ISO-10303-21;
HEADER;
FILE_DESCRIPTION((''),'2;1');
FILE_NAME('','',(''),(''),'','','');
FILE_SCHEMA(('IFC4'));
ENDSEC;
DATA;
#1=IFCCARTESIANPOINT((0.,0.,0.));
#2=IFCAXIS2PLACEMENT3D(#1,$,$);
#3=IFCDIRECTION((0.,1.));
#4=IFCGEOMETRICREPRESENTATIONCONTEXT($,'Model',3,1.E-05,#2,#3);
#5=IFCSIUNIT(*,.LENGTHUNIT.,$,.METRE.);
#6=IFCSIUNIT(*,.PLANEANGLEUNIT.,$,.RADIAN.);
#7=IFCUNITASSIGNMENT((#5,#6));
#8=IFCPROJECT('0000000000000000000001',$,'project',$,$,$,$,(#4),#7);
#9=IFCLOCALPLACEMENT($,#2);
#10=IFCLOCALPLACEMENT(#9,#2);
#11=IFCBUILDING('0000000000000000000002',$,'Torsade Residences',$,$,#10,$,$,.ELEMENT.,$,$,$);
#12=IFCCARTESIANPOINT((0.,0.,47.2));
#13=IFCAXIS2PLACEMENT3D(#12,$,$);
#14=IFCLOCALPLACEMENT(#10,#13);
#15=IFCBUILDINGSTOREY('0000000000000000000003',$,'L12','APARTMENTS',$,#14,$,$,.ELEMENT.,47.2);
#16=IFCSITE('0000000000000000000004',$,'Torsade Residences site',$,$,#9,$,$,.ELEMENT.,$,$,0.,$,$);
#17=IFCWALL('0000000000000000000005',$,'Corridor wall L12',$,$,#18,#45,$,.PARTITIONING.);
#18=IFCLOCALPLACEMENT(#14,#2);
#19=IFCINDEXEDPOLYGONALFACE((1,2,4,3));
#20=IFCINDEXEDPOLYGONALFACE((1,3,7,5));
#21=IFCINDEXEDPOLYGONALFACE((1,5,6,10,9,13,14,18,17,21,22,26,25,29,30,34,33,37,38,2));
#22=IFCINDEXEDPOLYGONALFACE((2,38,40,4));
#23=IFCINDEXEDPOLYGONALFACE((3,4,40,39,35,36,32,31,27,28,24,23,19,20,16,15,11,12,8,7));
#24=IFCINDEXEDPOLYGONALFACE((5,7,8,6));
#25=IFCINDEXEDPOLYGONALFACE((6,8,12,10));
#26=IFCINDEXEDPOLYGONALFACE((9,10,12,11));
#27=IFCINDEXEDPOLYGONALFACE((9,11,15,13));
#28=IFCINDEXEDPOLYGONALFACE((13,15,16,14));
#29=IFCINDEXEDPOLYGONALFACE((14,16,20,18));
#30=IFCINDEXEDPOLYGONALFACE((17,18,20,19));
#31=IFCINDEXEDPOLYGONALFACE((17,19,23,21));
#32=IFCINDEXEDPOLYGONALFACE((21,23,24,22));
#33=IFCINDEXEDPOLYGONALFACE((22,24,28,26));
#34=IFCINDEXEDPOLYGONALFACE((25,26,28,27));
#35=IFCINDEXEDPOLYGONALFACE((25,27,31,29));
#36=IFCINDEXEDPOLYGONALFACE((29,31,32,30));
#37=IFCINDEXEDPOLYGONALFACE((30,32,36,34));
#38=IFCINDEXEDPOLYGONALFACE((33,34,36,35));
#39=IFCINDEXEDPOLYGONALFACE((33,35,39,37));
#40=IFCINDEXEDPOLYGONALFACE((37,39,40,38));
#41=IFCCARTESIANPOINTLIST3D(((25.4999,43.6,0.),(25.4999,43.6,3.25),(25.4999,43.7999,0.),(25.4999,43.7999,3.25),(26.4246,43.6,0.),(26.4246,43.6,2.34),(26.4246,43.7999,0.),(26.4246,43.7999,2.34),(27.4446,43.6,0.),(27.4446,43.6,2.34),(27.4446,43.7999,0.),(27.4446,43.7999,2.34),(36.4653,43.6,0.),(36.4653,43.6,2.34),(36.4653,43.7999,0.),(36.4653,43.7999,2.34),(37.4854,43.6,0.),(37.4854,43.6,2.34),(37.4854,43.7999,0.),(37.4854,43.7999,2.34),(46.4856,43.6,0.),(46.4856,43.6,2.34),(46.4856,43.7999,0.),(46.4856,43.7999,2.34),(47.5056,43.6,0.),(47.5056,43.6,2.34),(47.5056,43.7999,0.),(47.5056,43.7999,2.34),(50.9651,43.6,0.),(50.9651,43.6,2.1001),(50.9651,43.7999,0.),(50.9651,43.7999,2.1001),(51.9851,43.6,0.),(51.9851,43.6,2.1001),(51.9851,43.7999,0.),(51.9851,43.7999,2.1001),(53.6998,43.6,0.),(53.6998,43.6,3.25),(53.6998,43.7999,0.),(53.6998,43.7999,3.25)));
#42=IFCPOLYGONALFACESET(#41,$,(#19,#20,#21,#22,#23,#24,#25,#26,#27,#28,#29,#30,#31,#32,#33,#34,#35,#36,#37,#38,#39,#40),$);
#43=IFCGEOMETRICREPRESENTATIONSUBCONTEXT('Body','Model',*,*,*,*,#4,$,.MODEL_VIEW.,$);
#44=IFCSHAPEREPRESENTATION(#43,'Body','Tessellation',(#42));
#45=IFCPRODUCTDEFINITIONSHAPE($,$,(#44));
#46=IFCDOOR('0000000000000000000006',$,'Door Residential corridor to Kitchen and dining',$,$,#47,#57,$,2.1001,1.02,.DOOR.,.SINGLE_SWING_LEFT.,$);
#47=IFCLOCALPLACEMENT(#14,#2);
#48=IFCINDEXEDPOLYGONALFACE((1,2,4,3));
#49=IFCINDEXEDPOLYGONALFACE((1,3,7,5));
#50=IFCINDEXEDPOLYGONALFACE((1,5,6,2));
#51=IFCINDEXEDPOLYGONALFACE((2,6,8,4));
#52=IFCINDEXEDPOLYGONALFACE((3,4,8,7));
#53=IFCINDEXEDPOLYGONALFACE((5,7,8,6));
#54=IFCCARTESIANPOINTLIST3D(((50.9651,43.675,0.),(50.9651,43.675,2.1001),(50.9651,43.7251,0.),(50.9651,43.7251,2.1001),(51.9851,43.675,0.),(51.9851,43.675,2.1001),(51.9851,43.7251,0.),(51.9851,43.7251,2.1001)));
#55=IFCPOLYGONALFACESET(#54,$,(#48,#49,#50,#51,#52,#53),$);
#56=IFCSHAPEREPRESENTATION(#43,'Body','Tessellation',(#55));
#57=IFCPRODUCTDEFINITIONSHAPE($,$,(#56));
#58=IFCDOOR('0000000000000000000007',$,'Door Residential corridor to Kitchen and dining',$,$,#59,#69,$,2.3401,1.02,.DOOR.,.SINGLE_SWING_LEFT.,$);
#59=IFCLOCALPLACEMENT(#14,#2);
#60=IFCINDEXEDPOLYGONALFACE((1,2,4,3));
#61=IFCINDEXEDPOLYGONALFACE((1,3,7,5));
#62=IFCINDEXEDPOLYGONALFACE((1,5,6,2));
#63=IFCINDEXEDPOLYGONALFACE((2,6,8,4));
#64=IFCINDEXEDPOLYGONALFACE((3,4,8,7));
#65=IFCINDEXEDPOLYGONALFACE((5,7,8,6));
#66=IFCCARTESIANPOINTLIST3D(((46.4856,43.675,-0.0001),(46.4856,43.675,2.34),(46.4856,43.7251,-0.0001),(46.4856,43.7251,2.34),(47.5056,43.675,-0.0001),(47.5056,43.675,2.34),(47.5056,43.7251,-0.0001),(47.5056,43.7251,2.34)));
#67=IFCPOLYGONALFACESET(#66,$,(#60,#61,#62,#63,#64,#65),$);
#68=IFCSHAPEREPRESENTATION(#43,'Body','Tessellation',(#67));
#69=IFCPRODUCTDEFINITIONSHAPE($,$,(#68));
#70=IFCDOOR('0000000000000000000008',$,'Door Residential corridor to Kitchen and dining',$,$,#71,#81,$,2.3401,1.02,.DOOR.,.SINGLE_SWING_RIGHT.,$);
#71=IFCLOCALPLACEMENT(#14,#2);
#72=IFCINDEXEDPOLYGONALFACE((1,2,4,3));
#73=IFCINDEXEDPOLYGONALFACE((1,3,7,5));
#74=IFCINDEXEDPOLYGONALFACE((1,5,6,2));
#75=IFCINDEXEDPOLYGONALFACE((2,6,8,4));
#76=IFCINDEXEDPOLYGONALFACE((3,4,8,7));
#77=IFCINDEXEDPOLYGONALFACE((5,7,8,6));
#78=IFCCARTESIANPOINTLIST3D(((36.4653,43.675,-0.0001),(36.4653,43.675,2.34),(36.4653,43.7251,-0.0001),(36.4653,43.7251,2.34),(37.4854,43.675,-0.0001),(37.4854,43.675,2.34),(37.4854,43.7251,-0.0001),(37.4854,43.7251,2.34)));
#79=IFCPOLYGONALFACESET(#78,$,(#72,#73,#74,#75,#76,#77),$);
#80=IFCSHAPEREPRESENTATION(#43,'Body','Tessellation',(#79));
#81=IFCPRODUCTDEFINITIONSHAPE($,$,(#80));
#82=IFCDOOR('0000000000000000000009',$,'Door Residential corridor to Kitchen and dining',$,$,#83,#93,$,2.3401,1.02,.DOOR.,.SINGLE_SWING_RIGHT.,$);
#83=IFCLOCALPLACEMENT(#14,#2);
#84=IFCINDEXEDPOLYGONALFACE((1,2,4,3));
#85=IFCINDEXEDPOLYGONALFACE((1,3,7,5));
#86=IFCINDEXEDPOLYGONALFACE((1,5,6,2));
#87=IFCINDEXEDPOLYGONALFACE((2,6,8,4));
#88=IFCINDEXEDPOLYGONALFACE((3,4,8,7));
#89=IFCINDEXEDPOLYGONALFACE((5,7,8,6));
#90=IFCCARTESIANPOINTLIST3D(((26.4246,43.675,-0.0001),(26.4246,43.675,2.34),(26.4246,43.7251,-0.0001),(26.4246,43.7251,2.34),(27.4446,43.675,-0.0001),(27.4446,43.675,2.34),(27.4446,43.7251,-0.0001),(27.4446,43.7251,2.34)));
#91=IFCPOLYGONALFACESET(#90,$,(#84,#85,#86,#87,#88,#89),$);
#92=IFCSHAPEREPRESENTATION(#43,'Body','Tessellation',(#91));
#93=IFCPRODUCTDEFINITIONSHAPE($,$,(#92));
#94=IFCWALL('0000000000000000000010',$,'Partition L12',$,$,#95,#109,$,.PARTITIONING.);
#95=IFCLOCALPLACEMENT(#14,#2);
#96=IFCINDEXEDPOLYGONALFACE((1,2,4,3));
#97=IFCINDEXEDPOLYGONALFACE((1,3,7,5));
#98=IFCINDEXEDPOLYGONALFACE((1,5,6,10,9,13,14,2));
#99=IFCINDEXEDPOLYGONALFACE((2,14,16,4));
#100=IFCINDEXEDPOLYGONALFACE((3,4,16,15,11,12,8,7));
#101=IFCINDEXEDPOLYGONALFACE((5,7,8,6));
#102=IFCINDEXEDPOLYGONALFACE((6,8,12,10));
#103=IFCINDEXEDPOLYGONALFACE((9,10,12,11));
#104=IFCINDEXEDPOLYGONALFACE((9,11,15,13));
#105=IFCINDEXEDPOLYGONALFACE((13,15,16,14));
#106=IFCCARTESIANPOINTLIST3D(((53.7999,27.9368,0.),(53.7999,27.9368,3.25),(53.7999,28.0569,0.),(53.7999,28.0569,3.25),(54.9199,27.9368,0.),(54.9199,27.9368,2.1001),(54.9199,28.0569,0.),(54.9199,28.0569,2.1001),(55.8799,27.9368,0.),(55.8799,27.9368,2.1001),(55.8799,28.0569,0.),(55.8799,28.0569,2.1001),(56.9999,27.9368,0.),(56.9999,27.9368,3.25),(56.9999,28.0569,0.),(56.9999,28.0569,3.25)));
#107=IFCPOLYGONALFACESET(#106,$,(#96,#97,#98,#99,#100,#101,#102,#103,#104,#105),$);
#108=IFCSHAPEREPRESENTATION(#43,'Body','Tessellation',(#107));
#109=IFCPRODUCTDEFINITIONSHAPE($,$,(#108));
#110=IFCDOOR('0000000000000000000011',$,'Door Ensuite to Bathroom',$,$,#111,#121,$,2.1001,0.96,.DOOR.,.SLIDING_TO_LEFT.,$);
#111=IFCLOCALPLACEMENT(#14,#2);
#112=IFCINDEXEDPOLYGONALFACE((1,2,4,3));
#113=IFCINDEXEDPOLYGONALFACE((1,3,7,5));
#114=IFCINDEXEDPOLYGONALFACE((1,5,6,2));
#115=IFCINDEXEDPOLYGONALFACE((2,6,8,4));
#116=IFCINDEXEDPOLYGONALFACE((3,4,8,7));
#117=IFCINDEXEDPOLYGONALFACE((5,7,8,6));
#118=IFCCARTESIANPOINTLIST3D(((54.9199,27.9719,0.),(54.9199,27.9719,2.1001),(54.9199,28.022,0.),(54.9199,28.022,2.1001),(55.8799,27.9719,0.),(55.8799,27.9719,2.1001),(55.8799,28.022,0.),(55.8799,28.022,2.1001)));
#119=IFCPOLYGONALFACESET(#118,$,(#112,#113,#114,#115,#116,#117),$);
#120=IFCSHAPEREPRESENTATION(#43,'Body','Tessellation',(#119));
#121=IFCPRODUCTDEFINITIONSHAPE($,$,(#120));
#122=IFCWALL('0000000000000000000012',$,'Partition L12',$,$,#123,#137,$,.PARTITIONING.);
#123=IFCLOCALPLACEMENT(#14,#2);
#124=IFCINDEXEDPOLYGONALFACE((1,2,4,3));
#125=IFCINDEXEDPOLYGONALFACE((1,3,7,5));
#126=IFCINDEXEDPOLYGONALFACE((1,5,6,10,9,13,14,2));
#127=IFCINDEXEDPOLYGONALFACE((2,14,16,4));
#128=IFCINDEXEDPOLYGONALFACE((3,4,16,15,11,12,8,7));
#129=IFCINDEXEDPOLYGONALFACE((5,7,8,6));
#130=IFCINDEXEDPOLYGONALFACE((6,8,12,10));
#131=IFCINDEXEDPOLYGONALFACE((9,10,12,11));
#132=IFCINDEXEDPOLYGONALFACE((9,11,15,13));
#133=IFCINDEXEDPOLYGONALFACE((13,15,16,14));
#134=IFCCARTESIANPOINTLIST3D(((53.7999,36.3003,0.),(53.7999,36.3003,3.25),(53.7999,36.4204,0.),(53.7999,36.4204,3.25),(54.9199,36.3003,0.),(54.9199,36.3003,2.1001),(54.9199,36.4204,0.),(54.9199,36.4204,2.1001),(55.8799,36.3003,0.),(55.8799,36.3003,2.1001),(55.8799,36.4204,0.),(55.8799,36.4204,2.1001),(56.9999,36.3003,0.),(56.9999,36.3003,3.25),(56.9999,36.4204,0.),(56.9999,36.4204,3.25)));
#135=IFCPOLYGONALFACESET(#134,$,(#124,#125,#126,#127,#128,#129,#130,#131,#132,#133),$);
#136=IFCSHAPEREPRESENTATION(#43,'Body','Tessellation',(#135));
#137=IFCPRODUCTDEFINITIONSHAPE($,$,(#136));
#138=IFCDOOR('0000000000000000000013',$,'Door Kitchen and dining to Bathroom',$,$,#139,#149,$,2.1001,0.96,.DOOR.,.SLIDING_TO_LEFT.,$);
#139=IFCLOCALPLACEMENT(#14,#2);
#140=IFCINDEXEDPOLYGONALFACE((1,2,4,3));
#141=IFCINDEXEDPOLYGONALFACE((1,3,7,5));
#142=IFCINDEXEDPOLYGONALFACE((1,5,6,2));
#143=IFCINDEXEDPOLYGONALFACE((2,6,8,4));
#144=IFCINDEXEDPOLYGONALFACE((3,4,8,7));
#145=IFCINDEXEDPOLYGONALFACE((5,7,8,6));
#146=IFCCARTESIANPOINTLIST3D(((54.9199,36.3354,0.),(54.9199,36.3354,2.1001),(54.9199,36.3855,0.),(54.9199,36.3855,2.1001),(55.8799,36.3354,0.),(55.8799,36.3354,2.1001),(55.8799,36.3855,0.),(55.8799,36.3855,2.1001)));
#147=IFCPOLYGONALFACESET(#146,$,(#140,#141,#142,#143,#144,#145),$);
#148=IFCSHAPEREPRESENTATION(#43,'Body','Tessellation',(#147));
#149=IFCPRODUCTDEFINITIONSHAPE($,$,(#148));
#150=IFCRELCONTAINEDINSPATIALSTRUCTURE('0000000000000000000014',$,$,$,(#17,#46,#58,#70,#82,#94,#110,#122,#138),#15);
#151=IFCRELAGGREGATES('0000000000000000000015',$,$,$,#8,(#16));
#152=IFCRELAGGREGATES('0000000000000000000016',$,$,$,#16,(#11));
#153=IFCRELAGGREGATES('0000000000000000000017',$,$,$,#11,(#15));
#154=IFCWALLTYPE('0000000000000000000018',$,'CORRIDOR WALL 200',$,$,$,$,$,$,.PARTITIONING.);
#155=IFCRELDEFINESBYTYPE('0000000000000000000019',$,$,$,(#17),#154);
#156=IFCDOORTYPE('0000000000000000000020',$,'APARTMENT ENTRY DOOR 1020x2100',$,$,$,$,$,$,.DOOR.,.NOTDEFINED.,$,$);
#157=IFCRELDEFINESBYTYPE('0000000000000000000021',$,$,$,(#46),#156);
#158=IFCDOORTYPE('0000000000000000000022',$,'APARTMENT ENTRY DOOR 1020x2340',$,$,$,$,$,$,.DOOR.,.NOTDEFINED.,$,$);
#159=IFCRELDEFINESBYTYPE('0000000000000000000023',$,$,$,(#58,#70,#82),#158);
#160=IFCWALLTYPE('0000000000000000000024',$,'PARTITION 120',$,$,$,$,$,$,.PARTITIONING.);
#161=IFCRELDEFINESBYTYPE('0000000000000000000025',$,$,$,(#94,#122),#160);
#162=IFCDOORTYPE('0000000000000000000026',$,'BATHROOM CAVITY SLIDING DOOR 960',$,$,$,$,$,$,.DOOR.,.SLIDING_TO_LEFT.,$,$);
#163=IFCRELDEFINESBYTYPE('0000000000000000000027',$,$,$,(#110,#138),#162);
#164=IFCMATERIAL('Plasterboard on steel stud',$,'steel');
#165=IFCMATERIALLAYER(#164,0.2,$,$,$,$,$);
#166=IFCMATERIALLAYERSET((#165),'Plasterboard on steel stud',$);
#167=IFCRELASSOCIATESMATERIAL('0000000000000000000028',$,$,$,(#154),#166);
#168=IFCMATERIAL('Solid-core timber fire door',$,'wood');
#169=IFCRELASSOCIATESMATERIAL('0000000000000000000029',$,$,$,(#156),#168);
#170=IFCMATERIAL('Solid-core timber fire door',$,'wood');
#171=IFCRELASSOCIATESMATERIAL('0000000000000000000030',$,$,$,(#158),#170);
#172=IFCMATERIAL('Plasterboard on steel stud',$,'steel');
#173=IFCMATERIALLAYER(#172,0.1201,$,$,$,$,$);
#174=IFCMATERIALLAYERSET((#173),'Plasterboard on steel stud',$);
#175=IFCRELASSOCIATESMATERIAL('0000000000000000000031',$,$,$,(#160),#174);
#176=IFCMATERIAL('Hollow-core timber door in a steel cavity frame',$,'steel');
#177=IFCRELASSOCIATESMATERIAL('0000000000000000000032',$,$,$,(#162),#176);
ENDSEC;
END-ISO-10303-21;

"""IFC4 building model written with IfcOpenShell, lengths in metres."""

from ifc_helpers import new_model, si_unit, direction, frame, frame_2d, origin, place, context, subcontext, project, spatial, rectangle, extrude, material, layer, layer_set, type_object, element, fill, save


model = new_model("IFC4")

# Units and contexts
model_context = context("Model", 3, precision=1e-05, world=origin(), true_north=direction((0.0, 1.0)))
body_context = subcontext(model_context, "Body", "Model", "MODEL_VIEW")
ifc_project = project(units=[si_unit("LENGTHUNIT", "METRE"), si_unit("PLANEANGLEUNIT", "RADIAN")], contexts=[model_context])

# Site, building, storey
site_placement = place(None, origin())
site = spatial("IfcSite", under=ifc_project, at=site_placement, Name="Torsade Residences site", CompositionType="ELEMENT", RefElevation=0.0)
building_placement = place(site_placement, origin())
building = spatial("IfcBuilding", under=site, at=building_placement, Name="Torsade Residences", CompositionType="ELEMENT")
storey_placement = place(building_placement, frame((0.0, 0.0, 47.2)))
storey = spatial("IfcBuildingStorey", under=building, at=storey_placement, Name="L12", Description="APARTMENTS", CompositionType="ELEMENT", Elevation=47.2)

# Wall, openings, doors
ifc_material_1 = material(Name="Plasterboard on steel stud", Category="steel")
ifc_layer_1 = layer(ifc_material_1, 0.2)
ifc_layer_set_1 = layer_set([ifc_layer_1], Name="Plasterboard on steel stud")
wall_type_1 = type_object("IfcWallType", Name="CORRIDOR WALL 200", PredefinedType="PARTITIONING", material=ifc_layer_set_1)
wall_1_placement = place(storey_placement, frame((53.7, 43.7, 0.0), z_axis=(0.0, 0.0, 1.0), x_axis=(-1.0, 0.0, 0.0)))
wall_1 = element("IfcWall", 1, at=wall_1_placement, inside=storey, type_object=wall_type_1, Name="Corridor wall L12", PredefinedType="PARTITIONING", context=body_context, shape_type="SweptSolid", body=[
    extrude(rectangle(XDim=28.2, YDim=0.2, at=frame_2d((14.1001, 0.0))), origin(), (0.0, 0.0, 1.0), 3.25),
])
opening_1_placement = place(wall_1_placement, frame((6.1943, 0.0, 0.0)))
opening_1 = element("IfcOpeningElement", 2, at=opening_1_placement, cuts=wall_1, PredefinedType="OPENING", context=body_context, shape_type="SweptSolid", body=[
    extrude(rectangle(XDim=1.02, YDim=2.3401, at=frame_2d((0.51, 1.1699))), frame((0.0, 0.1099, 0.0), z_axis=(0.0, -1.0, 0.0), x_axis=(1.0, 0.0, 0.0)), (0.0, 0.0, 1.0), 0.22),
])
opening_2_placement = place(wall_1_placement, frame((1.7148, 0.0, 0.0)))
opening_2 = element("IfcOpeningElement", 3, at=opening_2_placement, cuts=wall_1, PredefinedType="OPENING", context=body_context, shape_type="SweptSolid", body=[
    extrude(rectangle(XDim=1.02, YDim=2.1001, at=frame_2d((0.51, 1.05))), frame((0.0, 0.1099, 0.0), z_axis=(0.0, -1.0, 0.0), x_axis=(1.0, 0.0, 0.0)), (0.0, 0.0, 1.0), 0.22),
])
opening_3_placement = place(wall_1_placement, frame((16.2146, 0.0, 0.0)))
opening_3 = element("IfcOpeningElement", 4, at=opening_3_placement, cuts=wall_1, PredefinedType="OPENING", context=body_context, shape_type="SweptSolid", body=[
    extrude(rectangle(XDim=1.02, YDim=2.3401, at=frame_2d((0.51, 1.1699))), frame((0.0, 0.1099, 0.0), z_axis=(0.0, -1.0, 0.0), x_axis=(1.0, 0.0, 0.0)), (0.0, 0.0, 1.0), 0.22),
])
opening_4_placement = place(wall_1_placement, frame((26.2554, 0.0, 0.0)))
opening_4 = element("IfcOpeningElement", 5, at=opening_4_placement, cuts=wall_1, PredefinedType="OPENING", context=body_context, shape_type="SweptSolid", body=[
    extrude(rectangle(XDim=1.02, YDim=2.3401, at=frame_2d((0.51, 1.1699))), frame((0.0, 0.1099, 0.0), z_axis=(0.0, -1.0, 0.0), x_axis=(1.0, 0.0, 0.0)), (0.0, 0.0, 1.0), 0.22),
])
ifc_material_2 = material(Name="Solid-core timber fire door", Category="wood")
door_type_1 = type_object("IfcDoorType", Name="APARTMENT ENTRY DOOR 1020x2100", OperationType="NOTDEFINED", PredefinedType="DOOR", material=ifc_material_2)
door_1_placement = place(opening_2_placement, origin())
door_1 = element("IfcDoor", 6, at=door_1_placement, inside=storey, type_object=door_type_1, Name="Door Residential corridor to Kitchen and dining", OperationType="SINGLE_SWING_LEFT", OverallHeight=2.1001, OverallWidth=1.02, PredefinedType="DOOR", context=body_context, shape_type="SweptSolid", body=[
    extrude(rectangle(XDim=1.02, YDim=2.1001, at=frame_2d((0.51, 1.05))), frame((0.0, 0.0249, 0.0), z_axis=(0.0, -1.0, 0.0), x_axis=(1.0, 0.0, 0.0)), (0.0, 0.0, 1.0), 0.05),
])
fill(opening_2, door_1)
ifc_material_3 = material(Name="Solid-core timber fire door", Category="wood")
door_type_2 = type_object("IfcDoorType", Name="APARTMENT ENTRY DOOR 1020x2340", OperationType="NOTDEFINED", PredefinedType="DOOR", material=ifc_material_3)
door_2_placement = place(opening_1_placement, origin())
door_2 = element("IfcDoor", 7, at=door_2_placement, inside=storey, type_object=door_type_2, Name="Door Residential corridor to Kitchen and dining", OperationType="SINGLE_SWING_LEFT", OverallHeight=2.3401, OverallWidth=1.02, PredefinedType="DOOR", context=body_context, shape_type="SweptSolid", body=[
    extrude(rectangle(XDim=1.02, YDim=2.3401, at=frame_2d((0.51, 1.1699))), frame((0.0, 0.0249, 0.0), z_axis=(0.0, -1.0, 0.0), x_axis=(1.0, 0.0, 0.0)), (0.0, 0.0, 1.0), 0.05),
])
fill(opening_1, door_2)
door_3_placement = place(opening_3_placement, origin())
door_3 = element("IfcDoor", 8, at=door_3_placement, inside=storey, type_object=door_type_2, Name="Door Residential corridor to Kitchen and dining", OperationType="SINGLE_SWING_RIGHT", OverallHeight=2.3401, OverallWidth=1.02, PredefinedType="DOOR", context=body_context, shape_type="SweptSolid", body=[
    extrude(rectangle(XDim=1.02, YDim=2.3401, at=frame_2d((0.51, 1.1699))), frame((0.0, 0.0249, 0.0), z_axis=(0.0, -1.0, 0.0), x_axis=(1.0, 0.0, 0.0)), (0.0, 0.0, 1.0), 0.05),
])
fill(opening_3, door_3)
door_4_placement = place(opening_4_placement, origin())
door_4 = element("IfcDoor", 9, at=door_4_placement, inside=storey, type_object=door_type_2, Name="Door Residential corridor to Kitchen and dining", OperationType="SINGLE_SWING_RIGHT", OverallHeight=2.3401, OverallWidth=1.02, PredefinedType="DOOR", context=body_context, shape_type="SweptSolid", body=[
    extrude(rectangle(XDim=1.02, YDim=2.3401, at=frame_2d((0.51, 1.1699))), frame((0.0, 0.0249, 0.0), z_axis=(0.0, -1.0, 0.0), x_axis=(1.0, 0.0, 0.0)), (0.0, 0.0, 1.0), 0.05),
])
fill(opening_4, door_4)

# Walls, openings, doors
ifc_material_4 = material(Name="Plasterboard on steel stud", Category="steel")
ifc_layer_2 = layer(ifc_material_4, 0.1201)
ifc_layer_set_2 = layer_set([ifc_layer_2], Name="Plasterboard on steel stud")
wall_type_2 = type_object("IfcWallType", Name="PARTITION 120", PredefinedType="PARTITIONING", material=ifc_layer_set_2)
wall_2_placement = place(storey_placement, frame((57.0, 27.9968, 0.0), z_axis=(0.0, 0.0, 1.0), x_axis=(-1.0, 0.0, 0.0)))
wall_2 = element("IfcWall", 10, at=wall_2_placement, inside=storey, type_object=wall_type_2, Name="Partition L12", PredefinedType="PARTITIONING", context=body_context, shape_type="SweptSolid", body=[
    extrude(rectangle(XDim=3.2, YDim=0.1201, at=frame_2d((1.6001, 0.0))), origin(), (0.0, 0.0, 1.0), 3.25),
])
opening_5_placement = place(wall_2_placement, frame((1.1201, 0.0, 0.0)))
opening_5 = element("IfcOpeningElement", 11, at=opening_5_placement, cuts=wall_2, PredefinedType="OPENING", context=body_context, shape_type="SweptSolid", body=[
    extrude(rectangle(XDim=0.96, YDim=2.1001, at=frame_2d((0.48, 1.05))), frame((0.0, 0.0701, 0.0), z_axis=(0.0, -1.0, 0.0), x_axis=(1.0, 0.0, 0.0)), (0.0, 0.0, 1.0), 0.1401),
])
ifc_material_5 = material(Name="Hollow-core timber door in a steel cavity frame", Category="steel")
door_type_3 = type_object("IfcDoorType", Name="BATHROOM CAVITY SLIDING DOOR 960", OperationType="SLIDING_TO_LEFT", PredefinedType="DOOR", material=ifc_material_5)
door_5_placement = place(opening_5_placement, origin())
door_5 = element("IfcDoor", 12, at=door_5_placement, inside=storey, type_object=door_type_3, Name="Door Ensuite to Bathroom", OperationType="SLIDING_TO_LEFT", OverallHeight=2.1001, OverallWidth=0.96, PredefinedType="DOOR", context=body_context, shape_type="SweptSolid", body=[
    extrude(rectangle(XDim=0.96, YDim=2.1001, at=frame_2d((0.48, 1.05))), frame((0.0, 0.0249, 0.0), z_axis=(0.0, -1.0, 0.0), x_axis=(1.0, 0.0, 0.0)), (0.0, 0.0, 1.0), 0.05),
])
fill(opening_5, door_5)
wall_3_placement = place(storey_placement, frame((57.0, 36.3604, 0.0), z_axis=(0.0, 0.0, 1.0), x_axis=(-1.0, 0.0, 0.0)))
wall_3 = element("IfcWall", 13, at=wall_3_placement, inside=storey, type_object=wall_type_2, Name="Partition L12", PredefinedType="PARTITIONING", context=body_context, shape_type="SweptSolid", body=[
    extrude(rectangle(XDim=3.2, YDim=0.1201, at=frame_2d((1.6001, 0.0))), origin(), (0.0, 0.0, 1.0), 3.25),
])
opening_6_placement = place(wall_3_placement, frame((1.1201, 0.0, 0.0)))
opening_6 = element("IfcOpeningElement", 14, at=opening_6_placement, cuts=wall_3, PredefinedType="OPENING", context=body_context, shape_type="SweptSolid", body=[
    extrude(rectangle(XDim=0.96, YDim=2.1001, at=frame_2d((0.48, 1.05))), frame((0.0, 0.0701, 0.0), z_axis=(0.0, -1.0, 0.0), x_axis=(1.0, 0.0, 0.0)), (0.0, 0.0, 1.0), 0.1401),
])
door_6_placement = place(opening_6_placement, origin())
door_6 = element("IfcDoor", 15, at=door_6_placement, inside=storey, type_object=door_type_3, Name="Door Kitchen and dining to Bathroom", OperationType="SLIDING_TO_LEFT", OverallHeight=2.1001, OverallWidth=0.96, PredefinedType="DOOR", context=body_context, shape_type="SweptSolid", body=[
    extrude(rectangle(XDim=0.96, YDim=2.1001, at=frame_2d((0.48, 1.05))), frame((0.0, 0.0249, 0.0), z_axis=(0.0, -1.0, 0.0), x_axis=(1.0, 0.0, 0.0)), (0.0, 0.0, 1.0), 0.05),
])
fill(opening_6, door_6)

save(model, "model.ifc")
